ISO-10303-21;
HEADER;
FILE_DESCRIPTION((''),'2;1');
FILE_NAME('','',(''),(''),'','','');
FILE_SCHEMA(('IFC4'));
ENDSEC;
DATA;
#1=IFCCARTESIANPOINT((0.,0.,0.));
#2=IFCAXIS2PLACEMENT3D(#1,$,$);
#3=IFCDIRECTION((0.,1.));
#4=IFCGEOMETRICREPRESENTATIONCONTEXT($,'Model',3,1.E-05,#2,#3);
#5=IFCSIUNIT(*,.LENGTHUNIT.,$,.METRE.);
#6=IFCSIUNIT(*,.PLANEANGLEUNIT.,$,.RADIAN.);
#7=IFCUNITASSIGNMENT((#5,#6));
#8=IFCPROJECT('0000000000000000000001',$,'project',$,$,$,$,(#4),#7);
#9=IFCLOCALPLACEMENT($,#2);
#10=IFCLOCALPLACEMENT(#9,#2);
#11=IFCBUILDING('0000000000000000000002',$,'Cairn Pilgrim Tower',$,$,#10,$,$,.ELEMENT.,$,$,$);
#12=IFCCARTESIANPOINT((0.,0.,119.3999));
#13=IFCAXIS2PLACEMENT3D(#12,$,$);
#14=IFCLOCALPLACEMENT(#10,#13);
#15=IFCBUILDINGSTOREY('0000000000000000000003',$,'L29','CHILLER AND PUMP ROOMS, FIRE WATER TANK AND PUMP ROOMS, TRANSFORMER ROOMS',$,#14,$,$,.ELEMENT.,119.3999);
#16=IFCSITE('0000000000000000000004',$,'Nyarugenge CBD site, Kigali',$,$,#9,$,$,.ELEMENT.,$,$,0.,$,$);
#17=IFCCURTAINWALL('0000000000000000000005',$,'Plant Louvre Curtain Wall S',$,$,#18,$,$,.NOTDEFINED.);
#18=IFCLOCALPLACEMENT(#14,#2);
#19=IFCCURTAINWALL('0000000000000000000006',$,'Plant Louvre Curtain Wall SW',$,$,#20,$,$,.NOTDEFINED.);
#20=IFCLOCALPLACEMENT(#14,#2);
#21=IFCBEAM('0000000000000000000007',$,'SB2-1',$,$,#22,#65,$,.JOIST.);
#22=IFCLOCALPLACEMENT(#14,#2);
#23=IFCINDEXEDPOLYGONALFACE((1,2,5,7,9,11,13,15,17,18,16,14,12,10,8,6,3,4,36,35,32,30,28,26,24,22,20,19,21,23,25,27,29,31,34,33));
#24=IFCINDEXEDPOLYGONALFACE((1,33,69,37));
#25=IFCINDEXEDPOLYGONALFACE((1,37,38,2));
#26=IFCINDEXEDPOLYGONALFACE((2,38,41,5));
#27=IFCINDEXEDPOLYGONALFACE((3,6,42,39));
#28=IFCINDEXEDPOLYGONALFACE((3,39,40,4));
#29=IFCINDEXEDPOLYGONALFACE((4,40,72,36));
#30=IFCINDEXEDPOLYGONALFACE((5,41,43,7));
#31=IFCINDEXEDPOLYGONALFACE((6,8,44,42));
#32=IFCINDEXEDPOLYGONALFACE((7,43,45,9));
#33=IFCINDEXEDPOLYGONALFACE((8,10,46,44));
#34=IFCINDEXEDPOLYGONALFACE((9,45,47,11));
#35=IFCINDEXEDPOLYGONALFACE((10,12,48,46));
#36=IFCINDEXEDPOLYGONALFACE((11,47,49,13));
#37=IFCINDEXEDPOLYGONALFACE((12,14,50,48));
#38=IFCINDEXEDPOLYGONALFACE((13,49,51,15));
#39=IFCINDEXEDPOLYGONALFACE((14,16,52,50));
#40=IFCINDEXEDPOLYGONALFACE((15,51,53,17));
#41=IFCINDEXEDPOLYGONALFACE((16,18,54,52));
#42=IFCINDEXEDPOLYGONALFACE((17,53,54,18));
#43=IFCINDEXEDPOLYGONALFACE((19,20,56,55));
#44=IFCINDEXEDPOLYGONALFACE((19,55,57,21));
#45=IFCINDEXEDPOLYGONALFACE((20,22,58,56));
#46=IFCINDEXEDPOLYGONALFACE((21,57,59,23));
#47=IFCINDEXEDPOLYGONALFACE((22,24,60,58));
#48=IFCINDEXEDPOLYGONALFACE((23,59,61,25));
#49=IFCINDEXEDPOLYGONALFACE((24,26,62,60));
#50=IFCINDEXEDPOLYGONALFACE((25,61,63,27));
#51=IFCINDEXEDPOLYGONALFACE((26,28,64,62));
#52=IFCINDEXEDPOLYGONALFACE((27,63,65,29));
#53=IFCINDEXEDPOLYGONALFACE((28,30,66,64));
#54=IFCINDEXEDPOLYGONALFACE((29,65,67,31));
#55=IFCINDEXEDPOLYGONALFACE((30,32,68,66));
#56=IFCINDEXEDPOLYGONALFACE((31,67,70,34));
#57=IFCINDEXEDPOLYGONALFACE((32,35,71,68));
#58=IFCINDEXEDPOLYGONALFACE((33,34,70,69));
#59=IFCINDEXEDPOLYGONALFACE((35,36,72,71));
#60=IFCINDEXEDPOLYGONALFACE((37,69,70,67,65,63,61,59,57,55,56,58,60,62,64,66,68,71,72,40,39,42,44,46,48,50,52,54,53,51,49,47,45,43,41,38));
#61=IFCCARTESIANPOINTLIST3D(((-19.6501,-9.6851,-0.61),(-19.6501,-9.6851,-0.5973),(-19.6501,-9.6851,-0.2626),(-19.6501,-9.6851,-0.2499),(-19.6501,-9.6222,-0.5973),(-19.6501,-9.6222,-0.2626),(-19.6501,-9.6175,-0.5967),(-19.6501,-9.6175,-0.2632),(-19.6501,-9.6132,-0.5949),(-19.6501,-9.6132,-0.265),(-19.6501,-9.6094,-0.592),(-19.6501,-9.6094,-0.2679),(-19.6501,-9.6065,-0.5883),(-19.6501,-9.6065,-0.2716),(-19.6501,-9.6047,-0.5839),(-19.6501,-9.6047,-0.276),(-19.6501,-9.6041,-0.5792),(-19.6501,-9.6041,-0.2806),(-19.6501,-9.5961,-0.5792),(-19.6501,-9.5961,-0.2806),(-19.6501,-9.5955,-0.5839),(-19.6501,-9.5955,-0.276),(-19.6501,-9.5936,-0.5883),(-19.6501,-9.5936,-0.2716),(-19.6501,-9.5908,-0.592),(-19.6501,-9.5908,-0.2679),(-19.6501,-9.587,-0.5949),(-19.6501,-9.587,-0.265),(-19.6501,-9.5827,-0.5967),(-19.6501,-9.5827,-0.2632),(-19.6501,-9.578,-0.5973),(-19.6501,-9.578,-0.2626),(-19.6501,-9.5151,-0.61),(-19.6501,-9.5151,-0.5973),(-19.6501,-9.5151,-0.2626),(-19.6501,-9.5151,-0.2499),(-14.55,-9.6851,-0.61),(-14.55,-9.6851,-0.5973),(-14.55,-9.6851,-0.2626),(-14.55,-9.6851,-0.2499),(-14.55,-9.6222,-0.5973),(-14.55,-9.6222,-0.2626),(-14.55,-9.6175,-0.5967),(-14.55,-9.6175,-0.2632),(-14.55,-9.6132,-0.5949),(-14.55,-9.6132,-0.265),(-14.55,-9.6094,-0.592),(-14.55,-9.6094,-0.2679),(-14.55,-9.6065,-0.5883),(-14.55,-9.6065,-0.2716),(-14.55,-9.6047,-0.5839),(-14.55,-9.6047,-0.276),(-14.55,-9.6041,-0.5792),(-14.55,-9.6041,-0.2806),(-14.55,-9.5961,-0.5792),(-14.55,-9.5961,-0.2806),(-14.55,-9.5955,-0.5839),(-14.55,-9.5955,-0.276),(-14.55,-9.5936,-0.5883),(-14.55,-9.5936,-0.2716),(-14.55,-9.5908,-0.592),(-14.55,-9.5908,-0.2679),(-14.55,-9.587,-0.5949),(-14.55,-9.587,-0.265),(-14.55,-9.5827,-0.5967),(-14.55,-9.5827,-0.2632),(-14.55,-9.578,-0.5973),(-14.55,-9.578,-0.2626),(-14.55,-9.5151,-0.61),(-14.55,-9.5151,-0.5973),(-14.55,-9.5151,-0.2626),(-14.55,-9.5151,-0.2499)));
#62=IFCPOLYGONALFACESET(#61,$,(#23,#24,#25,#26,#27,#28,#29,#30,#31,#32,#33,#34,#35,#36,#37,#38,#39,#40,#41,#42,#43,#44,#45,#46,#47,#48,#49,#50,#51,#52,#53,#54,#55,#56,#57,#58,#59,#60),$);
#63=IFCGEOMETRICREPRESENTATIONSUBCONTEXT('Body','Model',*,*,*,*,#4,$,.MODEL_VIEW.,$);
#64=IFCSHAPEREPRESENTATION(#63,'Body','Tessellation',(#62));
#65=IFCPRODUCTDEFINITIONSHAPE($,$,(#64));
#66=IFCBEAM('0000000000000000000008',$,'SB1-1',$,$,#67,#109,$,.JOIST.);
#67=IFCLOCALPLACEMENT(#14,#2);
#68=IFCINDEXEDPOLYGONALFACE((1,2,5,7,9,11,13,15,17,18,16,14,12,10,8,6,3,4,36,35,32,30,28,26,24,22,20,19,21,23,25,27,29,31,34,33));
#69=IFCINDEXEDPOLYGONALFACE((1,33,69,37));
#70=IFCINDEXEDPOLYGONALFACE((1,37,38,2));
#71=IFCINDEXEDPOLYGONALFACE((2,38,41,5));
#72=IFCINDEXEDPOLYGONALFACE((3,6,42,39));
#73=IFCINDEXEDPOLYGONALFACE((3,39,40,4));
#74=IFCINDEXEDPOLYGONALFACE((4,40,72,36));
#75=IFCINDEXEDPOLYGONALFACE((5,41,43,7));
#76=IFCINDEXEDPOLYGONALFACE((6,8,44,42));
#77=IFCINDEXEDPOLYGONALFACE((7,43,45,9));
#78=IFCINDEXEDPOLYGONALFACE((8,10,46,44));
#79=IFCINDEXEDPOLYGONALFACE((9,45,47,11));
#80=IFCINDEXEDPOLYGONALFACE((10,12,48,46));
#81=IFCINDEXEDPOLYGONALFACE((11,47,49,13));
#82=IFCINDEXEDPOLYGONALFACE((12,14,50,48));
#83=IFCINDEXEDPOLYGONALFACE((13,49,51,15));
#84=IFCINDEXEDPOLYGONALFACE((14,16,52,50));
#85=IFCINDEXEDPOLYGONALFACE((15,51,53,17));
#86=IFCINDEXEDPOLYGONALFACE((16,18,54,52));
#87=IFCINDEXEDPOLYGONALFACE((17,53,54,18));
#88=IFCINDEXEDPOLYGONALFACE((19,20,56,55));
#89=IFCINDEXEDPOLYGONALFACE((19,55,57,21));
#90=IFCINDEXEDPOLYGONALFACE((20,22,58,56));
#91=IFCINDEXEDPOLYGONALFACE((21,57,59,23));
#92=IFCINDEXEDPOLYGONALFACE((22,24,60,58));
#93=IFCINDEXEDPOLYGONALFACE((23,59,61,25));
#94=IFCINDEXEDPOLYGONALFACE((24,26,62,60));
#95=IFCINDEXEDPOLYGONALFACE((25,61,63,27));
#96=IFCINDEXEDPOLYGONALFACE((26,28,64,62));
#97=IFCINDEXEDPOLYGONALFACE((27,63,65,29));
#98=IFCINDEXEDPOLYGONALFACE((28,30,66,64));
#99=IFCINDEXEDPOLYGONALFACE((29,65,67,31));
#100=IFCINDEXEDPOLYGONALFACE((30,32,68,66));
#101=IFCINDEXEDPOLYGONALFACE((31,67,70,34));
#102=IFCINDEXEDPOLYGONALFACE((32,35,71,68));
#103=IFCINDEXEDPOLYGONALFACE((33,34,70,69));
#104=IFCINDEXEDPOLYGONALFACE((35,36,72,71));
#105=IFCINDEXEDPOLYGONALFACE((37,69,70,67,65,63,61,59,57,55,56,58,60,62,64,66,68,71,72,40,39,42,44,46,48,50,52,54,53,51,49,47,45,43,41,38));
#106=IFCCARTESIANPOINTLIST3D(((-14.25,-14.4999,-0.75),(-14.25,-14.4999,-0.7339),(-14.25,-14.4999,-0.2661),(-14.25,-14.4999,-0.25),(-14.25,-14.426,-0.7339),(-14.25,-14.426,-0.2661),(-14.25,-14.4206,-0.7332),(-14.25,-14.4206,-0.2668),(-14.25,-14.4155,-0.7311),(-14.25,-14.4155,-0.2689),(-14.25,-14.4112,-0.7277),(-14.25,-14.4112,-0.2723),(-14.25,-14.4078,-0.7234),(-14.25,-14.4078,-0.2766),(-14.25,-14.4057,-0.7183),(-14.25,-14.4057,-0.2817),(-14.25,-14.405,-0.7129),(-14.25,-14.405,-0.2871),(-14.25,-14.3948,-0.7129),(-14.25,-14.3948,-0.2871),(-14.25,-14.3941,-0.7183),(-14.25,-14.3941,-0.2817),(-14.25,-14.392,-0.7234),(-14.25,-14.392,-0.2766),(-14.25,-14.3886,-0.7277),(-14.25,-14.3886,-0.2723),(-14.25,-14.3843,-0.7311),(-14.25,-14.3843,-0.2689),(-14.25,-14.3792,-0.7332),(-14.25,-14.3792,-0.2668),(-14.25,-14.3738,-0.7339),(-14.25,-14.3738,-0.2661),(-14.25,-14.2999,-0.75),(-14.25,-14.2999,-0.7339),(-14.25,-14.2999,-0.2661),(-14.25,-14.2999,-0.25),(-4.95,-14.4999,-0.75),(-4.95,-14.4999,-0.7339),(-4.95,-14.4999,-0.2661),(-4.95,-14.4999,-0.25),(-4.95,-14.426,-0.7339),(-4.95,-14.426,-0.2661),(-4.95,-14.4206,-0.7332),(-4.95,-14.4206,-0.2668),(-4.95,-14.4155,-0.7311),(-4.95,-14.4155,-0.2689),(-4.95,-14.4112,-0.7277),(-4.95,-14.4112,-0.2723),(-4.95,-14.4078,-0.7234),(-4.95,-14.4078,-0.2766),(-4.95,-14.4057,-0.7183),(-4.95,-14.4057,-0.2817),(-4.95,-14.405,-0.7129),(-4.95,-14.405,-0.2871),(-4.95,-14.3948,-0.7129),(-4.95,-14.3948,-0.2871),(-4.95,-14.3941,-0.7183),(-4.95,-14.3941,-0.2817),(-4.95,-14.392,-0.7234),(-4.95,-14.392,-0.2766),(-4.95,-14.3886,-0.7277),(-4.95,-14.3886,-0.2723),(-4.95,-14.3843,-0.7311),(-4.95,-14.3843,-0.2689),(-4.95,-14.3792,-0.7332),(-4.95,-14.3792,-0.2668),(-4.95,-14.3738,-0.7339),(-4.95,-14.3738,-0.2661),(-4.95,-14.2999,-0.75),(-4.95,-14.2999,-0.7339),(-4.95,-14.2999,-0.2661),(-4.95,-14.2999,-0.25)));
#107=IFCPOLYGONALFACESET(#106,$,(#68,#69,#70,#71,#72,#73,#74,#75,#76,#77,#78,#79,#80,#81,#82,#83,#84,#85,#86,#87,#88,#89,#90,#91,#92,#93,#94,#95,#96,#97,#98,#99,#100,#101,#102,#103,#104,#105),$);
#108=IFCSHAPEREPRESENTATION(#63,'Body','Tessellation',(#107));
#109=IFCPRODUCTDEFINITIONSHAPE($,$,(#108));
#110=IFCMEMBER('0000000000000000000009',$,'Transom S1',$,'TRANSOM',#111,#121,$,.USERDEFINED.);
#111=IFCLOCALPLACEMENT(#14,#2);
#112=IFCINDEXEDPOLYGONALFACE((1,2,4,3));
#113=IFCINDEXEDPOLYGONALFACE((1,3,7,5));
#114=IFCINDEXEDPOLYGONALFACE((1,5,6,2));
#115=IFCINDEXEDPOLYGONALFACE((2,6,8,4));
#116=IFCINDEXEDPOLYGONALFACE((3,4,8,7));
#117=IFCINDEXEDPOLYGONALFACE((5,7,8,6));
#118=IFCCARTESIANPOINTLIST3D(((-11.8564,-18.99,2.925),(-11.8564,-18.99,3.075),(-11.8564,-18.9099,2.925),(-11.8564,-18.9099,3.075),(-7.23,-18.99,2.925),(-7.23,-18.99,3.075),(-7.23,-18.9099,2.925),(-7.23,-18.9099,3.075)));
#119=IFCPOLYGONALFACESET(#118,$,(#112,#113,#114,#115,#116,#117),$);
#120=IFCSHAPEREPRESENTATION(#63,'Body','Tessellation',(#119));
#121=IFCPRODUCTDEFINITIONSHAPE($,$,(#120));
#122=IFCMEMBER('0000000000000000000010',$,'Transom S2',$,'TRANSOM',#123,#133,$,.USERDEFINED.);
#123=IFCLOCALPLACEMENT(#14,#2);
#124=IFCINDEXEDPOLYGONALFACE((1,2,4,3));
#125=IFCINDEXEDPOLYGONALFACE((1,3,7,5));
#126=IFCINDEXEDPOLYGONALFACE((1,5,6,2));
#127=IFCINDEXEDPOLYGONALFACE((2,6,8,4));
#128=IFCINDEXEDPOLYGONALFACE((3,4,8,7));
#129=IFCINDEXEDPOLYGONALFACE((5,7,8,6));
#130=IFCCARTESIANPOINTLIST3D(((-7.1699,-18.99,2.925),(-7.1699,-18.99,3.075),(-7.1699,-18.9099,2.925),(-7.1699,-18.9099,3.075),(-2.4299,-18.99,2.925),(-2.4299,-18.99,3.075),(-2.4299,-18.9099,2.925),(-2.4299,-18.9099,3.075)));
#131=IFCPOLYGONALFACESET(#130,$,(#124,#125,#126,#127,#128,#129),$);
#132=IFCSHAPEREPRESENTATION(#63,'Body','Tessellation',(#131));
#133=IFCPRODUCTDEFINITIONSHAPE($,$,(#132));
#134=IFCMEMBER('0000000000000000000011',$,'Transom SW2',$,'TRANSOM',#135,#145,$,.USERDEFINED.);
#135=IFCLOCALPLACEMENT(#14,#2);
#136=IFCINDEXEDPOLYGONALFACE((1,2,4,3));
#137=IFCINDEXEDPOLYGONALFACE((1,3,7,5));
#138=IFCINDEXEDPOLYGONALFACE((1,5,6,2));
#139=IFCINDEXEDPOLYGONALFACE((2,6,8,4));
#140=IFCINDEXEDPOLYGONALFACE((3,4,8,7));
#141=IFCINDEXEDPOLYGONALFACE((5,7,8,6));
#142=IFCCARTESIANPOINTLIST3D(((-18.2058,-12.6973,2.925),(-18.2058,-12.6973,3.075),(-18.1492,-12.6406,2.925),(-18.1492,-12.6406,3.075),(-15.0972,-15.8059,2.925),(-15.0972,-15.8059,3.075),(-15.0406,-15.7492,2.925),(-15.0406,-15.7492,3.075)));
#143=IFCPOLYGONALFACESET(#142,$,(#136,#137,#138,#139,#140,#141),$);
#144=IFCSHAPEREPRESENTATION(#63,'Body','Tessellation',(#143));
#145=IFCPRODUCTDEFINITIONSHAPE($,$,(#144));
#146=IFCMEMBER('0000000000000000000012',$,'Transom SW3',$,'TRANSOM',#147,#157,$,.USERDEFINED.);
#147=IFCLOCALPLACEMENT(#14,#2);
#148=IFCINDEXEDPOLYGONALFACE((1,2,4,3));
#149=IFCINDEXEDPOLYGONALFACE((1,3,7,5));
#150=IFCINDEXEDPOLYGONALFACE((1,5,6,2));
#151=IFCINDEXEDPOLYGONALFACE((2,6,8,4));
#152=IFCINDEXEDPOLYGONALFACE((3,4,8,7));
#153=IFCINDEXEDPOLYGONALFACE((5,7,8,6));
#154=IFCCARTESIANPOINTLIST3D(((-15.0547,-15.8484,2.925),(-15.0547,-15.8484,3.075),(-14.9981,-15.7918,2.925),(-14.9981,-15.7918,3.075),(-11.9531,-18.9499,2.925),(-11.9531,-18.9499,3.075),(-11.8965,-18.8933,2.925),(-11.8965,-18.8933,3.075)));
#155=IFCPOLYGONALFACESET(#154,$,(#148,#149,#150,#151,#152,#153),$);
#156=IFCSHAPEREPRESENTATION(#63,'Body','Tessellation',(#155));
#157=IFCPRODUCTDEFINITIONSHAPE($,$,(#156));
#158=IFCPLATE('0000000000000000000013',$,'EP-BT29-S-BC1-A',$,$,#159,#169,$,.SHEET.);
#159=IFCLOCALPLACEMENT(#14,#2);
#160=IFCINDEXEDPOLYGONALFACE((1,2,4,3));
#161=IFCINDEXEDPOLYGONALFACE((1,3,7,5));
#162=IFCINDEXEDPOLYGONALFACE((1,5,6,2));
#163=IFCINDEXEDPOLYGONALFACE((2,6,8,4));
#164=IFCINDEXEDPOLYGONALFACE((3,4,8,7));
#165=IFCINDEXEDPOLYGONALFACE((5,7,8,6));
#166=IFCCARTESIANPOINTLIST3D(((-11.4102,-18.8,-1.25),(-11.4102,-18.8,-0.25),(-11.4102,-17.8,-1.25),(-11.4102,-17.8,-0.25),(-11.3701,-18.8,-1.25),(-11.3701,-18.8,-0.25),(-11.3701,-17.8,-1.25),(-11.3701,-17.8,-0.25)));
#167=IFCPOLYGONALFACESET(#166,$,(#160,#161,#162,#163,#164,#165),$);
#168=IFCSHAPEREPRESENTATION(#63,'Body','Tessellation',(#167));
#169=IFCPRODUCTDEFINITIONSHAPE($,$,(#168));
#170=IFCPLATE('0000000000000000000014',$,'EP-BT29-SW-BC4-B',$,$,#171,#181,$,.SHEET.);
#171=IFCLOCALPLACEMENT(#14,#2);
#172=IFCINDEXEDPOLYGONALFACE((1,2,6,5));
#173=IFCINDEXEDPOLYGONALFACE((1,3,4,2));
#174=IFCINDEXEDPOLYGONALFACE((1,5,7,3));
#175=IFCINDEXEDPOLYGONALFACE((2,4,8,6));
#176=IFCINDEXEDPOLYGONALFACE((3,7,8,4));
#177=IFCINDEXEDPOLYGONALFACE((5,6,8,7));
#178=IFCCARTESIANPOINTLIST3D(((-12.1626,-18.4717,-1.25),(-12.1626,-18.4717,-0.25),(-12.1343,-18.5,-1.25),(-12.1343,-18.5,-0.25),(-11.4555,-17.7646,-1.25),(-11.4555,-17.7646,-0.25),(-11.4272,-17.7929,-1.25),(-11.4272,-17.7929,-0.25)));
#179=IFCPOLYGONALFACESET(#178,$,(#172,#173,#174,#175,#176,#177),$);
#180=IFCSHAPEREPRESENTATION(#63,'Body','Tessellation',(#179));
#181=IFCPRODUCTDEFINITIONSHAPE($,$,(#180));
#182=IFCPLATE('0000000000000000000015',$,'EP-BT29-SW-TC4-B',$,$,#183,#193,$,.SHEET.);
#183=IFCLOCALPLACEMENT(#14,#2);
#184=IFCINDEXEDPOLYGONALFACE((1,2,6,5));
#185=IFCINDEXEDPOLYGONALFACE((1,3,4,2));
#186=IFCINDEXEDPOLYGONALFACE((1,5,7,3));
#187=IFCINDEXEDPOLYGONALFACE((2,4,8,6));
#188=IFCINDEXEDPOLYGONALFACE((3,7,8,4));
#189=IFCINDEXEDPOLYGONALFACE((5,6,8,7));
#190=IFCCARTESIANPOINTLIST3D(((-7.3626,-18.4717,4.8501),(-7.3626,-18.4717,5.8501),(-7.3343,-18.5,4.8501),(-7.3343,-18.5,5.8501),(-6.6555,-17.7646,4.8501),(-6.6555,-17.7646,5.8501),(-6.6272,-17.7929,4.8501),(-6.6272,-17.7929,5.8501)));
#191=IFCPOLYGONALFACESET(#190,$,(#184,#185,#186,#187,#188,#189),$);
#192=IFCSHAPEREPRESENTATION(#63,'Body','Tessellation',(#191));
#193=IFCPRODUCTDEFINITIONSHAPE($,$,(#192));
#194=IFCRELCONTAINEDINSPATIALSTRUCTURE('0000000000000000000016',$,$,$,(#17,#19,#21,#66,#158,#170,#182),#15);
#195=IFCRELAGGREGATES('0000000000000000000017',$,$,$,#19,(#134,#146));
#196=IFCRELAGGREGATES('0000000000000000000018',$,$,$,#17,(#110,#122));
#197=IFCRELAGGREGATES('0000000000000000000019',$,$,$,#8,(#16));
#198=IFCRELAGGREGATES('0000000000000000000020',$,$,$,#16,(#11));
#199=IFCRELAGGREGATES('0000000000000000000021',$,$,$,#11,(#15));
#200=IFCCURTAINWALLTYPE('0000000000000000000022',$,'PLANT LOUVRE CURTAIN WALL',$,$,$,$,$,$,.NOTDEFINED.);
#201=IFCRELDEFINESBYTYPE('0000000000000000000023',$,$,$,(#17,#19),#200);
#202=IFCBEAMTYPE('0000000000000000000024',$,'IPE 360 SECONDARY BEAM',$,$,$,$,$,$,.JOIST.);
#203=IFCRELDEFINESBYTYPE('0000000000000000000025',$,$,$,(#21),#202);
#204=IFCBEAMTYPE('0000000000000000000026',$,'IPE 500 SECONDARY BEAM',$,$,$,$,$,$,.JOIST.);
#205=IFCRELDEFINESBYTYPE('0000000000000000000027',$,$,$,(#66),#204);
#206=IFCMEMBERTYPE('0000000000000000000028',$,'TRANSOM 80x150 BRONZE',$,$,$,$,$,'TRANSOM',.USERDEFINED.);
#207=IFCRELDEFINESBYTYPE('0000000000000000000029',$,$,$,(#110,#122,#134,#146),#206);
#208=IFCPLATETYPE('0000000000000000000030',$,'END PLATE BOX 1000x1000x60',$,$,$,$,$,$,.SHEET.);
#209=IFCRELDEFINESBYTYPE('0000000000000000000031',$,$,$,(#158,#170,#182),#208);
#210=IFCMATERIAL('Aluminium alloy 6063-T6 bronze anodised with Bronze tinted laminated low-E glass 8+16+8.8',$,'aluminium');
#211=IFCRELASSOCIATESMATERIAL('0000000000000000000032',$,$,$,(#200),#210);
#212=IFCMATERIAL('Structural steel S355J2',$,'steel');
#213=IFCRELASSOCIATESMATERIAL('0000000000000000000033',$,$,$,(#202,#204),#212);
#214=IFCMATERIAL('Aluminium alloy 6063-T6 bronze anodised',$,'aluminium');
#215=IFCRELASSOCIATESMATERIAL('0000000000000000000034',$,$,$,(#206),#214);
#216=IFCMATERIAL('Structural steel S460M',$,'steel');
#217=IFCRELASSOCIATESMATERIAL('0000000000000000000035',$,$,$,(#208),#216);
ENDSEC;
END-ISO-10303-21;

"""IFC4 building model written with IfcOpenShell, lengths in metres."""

from ifc_helpers import new_model, si_unit, direction, frame, origin, origin_2d, place, context, subcontext, project, spatial, rectangle, i_section, extrude, material, material_profile, profile_set, type_object, element, aggregate, save


model = new_model("IFC4")

# Units and contexts
model_context = context("Model", 3, precision=1e-05, world=origin(), true_north=direction((0.0, 1.0)))
body_context = subcontext(model_context, "Body", "Model", "MODEL_VIEW")
ifc_project = project(units=[si_unit("LENGTHUNIT", "METRE"), si_unit("PLANEANGLEUNIT", "RADIAN")], contexts=[model_context])

# Site, building, storey
site_placement = place(None, origin())
site = spatial("IfcSite", under=ifc_project, at=site_placement, Name="Nyarugenge CBD site, Kigali", CompositionType="ELEMENT", RefElevation=0.0)
building_placement = place(site_placement, origin())
building = spatial("IfcBuilding", under=site, at=building_placement, Name="Cairn Pilgrim Tower", CompositionType="ELEMENT")
storey_placement = place(building_placement, frame((0.0, 0.0, 119.3999)))
storey = spatial("IfcBuildingStorey", under=building, at=storey_placement, Name="L29", Description="CHILLER AND PUMP ROOMS, FIRE WATER TANK AND PUMP ROOMS, TRANSFORMER ROOMS", CompositionType="ELEMENT", Elevation=119.3999)

# Shared definitions
ifc_material_1 = material(Name="Structural steel S460M", Category="steel")

# Curtain walls
ifc_material_2 = material(Name="Aluminium alloy 6063-T6 bronze anodised with Bronze tinted laminated low-E glass 8+16+8.8", Category="aluminium")
curtain_wall_type = type_object("IfcCurtainWallType", Name="PLANT LOUVRE CURTAIN WALL", PredefinedType="NOTDEFINED", material=ifc_material_2)
curtain_wall_1_placement = place(storey_placement, origin())
curtain_wall_1 = element("IfcCurtainWall", 1, at=curtain_wall_1_placement, inside=storey, type_object=curtain_wall_type, Name="Plant Louvre Curtain Wall S", PredefinedType="NOTDEFINED")
ifc_material_3 = material(Name="Aluminium alloy 6063-T6 bronze anodised", Category="aluminium")
curtain_wall_2_placement = place(storey_placement, origin())
curtain_wall_2 = element("IfcCurtainWall", 2, at=curtain_wall_2_placement, inside=storey, type_object=curtain_wall_type, Name="Plant Louvre Curtain Wall SW", PredefinedType="NOTDEFINED")

# Beams
ifc_material_4 = material(Name="Structural steel S355J2", Category="steel")
ifc_material_profile_1 = material_profile(ifc_material_4, i_section(OverallWidth=0.1699, OverallDepth=0.3601, WebThickness=0.0081, FlangeThickness=0.0127, FilletRadius=0.0181, at=origin_2d()), Name="IPE 360")
ifc_profile_set_1 = profile_set([ifc_material_profile_1], Name="Structural steel S355J2")
beam_type_1 = type_object("IfcBeamType", Name="IPE 360 SECONDARY BEAM", PredefinedType="JOIST", material=ifc_profile_set_1)
beam_1_placement = place(storey_placement, frame((-19.6501, -9.6001, -0.4299), z_axis=(1.0, 0.0, 0.0), x_axis=(0.0, 1.0, 0.0)))
element("IfcBeam", 3, at=beam_1_placement, inside=storey, type_object=beam_type_1, Name="SB2-1", PredefinedType="JOIST", context=body_context, shape_type="SweptSolid", body=[
    extrude(i_section(OverallWidth=0.1699, OverallDepth=0.3601, WebThickness=0.0081, FlangeThickness=0.0127, FilletRadius=0.0181, at=origin_2d()), origin(), (0.0, 0.0, 1.0), 5.1001),
])
ifc_material_profile_2 = material_profile(ifc_material_4, i_section(OverallWidth=0.2, OverallDepth=0.5, WebThickness=0.0103, FlangeThickness=0.0161, FilletRadius=0.021, at=origin_2d()), Name="IPE 500")
ifc_profile_set_2 = profile_set([ifc_material_profile_2], Name="Structural steel S355J2")
beam_type_2 = type_object("IfcBeamType", Name="IPE 500 SECONDARY BEAM", PredefinedType="JOIST", material=ifc_profile_set_2)
beam_2_placement = place(storey_placement, frame((-14.25, -14.3999, -0.5), z_axis=(1.0, 0.0, 0.0), x_axis=(0.0, 1.0, 0.0)))
element("IfcBeam", 4, at=beam_2_placement, inside=storey, type_object=beam_type_2, Name="SB1-1", PredefinedType="JOIST", context=body_context, shape_type="SweptSolid", body=[
    extrude(i_section(OverallWidth=0.2, OverallDepth=0.5, WebThickness=0.0103, FlangeThickness=0.0161, FilletRadius=0.021, at=origin_2d()), origin(), (0.0, 0.0, 1.0), 9.3),
])

# Members
ifc_material_profile_3 = material_profile(ifc_material_3, rectangle(XDim=0.0801, YDim=0.1499, at=origin_2d()), Name="TRANSOM 80x150 BRONZE")
ifc_profile_set_3 = profile_set([ifc_material_profile_3], Name="Aluminium alloy 6063-T6 bronze anodised")
member_type_1 = type_object("IfcMemberType", Name="TRANSOM 80x150 BRONZE", ElementType="TRANSOM", PredefinedType="USERDEFINED", material=ifc_profile_set_3)
member_1_placement = place(storey_placement, frame((-11.8564, -18.95, 3.0), z_axis=(1.0, 0.0, 0.0), x_axis=(0.0, 1.0, 0.0)))
member_1 = element("IfcMember", 5, at=member_1_placement, type_object=member_type_1, Name="Transom S1", ObjectType="TRANSOM", PredefinedType="USERDEFINED", context=body_context, shape_type="SweptSolid", body=[
    extrude(rectangle(XDim=0.0801, YDim=0.1499, at=origin_2d()), origin(), (0.0, 0.0, 1.0), 4.6265),
])
member_2_placement = place(storey_placement, frame((-7.1699, -18.95, 3.0), z_axis=(1.0, 0.0, 0.0), x_axis=(0.0, 1.0, 0.0)))
member_2 = element("IfcMember", 6, at=member_2_placement, type_object=member_type_1, Name="Transom S2", ObjectType="TRANSOM", PredefinedType="USERDEFINED", context=body_context, shape_type="SweptSolid", body=[
    extrude(rectangle(XDim=0.0801, YDim=0.1499, at=origin_2d()), origin(), (0.0, 0.0, 1.0), 4.74),
])
member_3_placement = place(storey_placement, frame((-18.1775, -12.6689, 3.0), z_axis=(0.707107, -0.707107, 0.0), x_axis=(0.707107, 0.707107, 0.0)))
member_3 = element("IfcMember", 7, at=member_3_placement, type_object=member_type_1, Name="Transom SW2", ObjectType="TRANSOM", PredefinedType="USERDEFINED", context=body_context, shape_type="SweptSolid", body=[
    extrude(rectangle(XDim=0.0801, YDim=0.1499, at=origin_2d()), origin(), (0.0, 0.0, 1.0), 4.3962),
])
member_4_placement = place(storey_placement, frame((-15.0264, -15.8201, 3.0), z_axis=(0.707107, -0.707107, 0.0), x_axis=(0.707107, 0.707107, 0.0)))
member_4 = element("IfcMember", 8, at=member_4_placement, type_object=member_type_1, Name="Transom SW3", ObjectType="TRANSOM", PredefinedType="USERDEFINED", context=body_context, shape_type="SweptSolid", body=[
    extrude(rectangle(XDim=0.0801, YDim=0.1499, at=origin_2d()), origin(), (0.0, 0.0, 1.0), 4.3862),
])

# Plates
ifc_material_profile_4 = material_profile(ifc_material_1, rectangle(XDim=1.0, YDim=1.0, at=origin_2d()), Name="END PLATE BOX 1000x1000x60")
ifc_profile_set_4 = profile_set([ifc_material_profile_4], Name="Structural steel S460M")
plate_type_1 = type_object("IfcPlateType", Name="END PLATE BOX 1000x1000x60", PredefinedType="SHEET", material=ifc_profile_set_4)
for number, where, z_axis, x_axis, name in (
    (9, (-11.3701, -18.3, -0.75), (-1.0, 0.0, 0.0), (0.0, -1.0, 0.0), "EP-BT29-S-BC1-A"),
    (10, (-11.8091, -18.1182, -0.75), (0.707107, -0.707107, 0.0), (0.707107, 0.707107, 0.0), "EP-BT29-SW-BC4-B"),
    (11, (-7.009, -18.1182, 5.3501), (0.707107, -0.707107, 0.0), (0.707107, 0.707107, 0.0), "EP-BT29-SW-TC4-B"),
):
    element("IfcPlate", number, at=place(storey_placement, frame(where, z_axis=z_axis, x_axis=x_axis)), inside=storey, type_object=plate_type_1, Name=name, PredefinedType="SHEET", context=body_context, shape_type="SweptSolid", body=[
        extrude(rectangle(XDim=1.0, YDim=1.0, at=origin_2d()), origin(), (0.0, 0.0, 1.0), 0.04),
    ])

aggregate(curtain_wall_2, [member_3, member_4])
aggregate(curtain_wall_1, [member_1, member_2])

save(model, "model.ifc")
